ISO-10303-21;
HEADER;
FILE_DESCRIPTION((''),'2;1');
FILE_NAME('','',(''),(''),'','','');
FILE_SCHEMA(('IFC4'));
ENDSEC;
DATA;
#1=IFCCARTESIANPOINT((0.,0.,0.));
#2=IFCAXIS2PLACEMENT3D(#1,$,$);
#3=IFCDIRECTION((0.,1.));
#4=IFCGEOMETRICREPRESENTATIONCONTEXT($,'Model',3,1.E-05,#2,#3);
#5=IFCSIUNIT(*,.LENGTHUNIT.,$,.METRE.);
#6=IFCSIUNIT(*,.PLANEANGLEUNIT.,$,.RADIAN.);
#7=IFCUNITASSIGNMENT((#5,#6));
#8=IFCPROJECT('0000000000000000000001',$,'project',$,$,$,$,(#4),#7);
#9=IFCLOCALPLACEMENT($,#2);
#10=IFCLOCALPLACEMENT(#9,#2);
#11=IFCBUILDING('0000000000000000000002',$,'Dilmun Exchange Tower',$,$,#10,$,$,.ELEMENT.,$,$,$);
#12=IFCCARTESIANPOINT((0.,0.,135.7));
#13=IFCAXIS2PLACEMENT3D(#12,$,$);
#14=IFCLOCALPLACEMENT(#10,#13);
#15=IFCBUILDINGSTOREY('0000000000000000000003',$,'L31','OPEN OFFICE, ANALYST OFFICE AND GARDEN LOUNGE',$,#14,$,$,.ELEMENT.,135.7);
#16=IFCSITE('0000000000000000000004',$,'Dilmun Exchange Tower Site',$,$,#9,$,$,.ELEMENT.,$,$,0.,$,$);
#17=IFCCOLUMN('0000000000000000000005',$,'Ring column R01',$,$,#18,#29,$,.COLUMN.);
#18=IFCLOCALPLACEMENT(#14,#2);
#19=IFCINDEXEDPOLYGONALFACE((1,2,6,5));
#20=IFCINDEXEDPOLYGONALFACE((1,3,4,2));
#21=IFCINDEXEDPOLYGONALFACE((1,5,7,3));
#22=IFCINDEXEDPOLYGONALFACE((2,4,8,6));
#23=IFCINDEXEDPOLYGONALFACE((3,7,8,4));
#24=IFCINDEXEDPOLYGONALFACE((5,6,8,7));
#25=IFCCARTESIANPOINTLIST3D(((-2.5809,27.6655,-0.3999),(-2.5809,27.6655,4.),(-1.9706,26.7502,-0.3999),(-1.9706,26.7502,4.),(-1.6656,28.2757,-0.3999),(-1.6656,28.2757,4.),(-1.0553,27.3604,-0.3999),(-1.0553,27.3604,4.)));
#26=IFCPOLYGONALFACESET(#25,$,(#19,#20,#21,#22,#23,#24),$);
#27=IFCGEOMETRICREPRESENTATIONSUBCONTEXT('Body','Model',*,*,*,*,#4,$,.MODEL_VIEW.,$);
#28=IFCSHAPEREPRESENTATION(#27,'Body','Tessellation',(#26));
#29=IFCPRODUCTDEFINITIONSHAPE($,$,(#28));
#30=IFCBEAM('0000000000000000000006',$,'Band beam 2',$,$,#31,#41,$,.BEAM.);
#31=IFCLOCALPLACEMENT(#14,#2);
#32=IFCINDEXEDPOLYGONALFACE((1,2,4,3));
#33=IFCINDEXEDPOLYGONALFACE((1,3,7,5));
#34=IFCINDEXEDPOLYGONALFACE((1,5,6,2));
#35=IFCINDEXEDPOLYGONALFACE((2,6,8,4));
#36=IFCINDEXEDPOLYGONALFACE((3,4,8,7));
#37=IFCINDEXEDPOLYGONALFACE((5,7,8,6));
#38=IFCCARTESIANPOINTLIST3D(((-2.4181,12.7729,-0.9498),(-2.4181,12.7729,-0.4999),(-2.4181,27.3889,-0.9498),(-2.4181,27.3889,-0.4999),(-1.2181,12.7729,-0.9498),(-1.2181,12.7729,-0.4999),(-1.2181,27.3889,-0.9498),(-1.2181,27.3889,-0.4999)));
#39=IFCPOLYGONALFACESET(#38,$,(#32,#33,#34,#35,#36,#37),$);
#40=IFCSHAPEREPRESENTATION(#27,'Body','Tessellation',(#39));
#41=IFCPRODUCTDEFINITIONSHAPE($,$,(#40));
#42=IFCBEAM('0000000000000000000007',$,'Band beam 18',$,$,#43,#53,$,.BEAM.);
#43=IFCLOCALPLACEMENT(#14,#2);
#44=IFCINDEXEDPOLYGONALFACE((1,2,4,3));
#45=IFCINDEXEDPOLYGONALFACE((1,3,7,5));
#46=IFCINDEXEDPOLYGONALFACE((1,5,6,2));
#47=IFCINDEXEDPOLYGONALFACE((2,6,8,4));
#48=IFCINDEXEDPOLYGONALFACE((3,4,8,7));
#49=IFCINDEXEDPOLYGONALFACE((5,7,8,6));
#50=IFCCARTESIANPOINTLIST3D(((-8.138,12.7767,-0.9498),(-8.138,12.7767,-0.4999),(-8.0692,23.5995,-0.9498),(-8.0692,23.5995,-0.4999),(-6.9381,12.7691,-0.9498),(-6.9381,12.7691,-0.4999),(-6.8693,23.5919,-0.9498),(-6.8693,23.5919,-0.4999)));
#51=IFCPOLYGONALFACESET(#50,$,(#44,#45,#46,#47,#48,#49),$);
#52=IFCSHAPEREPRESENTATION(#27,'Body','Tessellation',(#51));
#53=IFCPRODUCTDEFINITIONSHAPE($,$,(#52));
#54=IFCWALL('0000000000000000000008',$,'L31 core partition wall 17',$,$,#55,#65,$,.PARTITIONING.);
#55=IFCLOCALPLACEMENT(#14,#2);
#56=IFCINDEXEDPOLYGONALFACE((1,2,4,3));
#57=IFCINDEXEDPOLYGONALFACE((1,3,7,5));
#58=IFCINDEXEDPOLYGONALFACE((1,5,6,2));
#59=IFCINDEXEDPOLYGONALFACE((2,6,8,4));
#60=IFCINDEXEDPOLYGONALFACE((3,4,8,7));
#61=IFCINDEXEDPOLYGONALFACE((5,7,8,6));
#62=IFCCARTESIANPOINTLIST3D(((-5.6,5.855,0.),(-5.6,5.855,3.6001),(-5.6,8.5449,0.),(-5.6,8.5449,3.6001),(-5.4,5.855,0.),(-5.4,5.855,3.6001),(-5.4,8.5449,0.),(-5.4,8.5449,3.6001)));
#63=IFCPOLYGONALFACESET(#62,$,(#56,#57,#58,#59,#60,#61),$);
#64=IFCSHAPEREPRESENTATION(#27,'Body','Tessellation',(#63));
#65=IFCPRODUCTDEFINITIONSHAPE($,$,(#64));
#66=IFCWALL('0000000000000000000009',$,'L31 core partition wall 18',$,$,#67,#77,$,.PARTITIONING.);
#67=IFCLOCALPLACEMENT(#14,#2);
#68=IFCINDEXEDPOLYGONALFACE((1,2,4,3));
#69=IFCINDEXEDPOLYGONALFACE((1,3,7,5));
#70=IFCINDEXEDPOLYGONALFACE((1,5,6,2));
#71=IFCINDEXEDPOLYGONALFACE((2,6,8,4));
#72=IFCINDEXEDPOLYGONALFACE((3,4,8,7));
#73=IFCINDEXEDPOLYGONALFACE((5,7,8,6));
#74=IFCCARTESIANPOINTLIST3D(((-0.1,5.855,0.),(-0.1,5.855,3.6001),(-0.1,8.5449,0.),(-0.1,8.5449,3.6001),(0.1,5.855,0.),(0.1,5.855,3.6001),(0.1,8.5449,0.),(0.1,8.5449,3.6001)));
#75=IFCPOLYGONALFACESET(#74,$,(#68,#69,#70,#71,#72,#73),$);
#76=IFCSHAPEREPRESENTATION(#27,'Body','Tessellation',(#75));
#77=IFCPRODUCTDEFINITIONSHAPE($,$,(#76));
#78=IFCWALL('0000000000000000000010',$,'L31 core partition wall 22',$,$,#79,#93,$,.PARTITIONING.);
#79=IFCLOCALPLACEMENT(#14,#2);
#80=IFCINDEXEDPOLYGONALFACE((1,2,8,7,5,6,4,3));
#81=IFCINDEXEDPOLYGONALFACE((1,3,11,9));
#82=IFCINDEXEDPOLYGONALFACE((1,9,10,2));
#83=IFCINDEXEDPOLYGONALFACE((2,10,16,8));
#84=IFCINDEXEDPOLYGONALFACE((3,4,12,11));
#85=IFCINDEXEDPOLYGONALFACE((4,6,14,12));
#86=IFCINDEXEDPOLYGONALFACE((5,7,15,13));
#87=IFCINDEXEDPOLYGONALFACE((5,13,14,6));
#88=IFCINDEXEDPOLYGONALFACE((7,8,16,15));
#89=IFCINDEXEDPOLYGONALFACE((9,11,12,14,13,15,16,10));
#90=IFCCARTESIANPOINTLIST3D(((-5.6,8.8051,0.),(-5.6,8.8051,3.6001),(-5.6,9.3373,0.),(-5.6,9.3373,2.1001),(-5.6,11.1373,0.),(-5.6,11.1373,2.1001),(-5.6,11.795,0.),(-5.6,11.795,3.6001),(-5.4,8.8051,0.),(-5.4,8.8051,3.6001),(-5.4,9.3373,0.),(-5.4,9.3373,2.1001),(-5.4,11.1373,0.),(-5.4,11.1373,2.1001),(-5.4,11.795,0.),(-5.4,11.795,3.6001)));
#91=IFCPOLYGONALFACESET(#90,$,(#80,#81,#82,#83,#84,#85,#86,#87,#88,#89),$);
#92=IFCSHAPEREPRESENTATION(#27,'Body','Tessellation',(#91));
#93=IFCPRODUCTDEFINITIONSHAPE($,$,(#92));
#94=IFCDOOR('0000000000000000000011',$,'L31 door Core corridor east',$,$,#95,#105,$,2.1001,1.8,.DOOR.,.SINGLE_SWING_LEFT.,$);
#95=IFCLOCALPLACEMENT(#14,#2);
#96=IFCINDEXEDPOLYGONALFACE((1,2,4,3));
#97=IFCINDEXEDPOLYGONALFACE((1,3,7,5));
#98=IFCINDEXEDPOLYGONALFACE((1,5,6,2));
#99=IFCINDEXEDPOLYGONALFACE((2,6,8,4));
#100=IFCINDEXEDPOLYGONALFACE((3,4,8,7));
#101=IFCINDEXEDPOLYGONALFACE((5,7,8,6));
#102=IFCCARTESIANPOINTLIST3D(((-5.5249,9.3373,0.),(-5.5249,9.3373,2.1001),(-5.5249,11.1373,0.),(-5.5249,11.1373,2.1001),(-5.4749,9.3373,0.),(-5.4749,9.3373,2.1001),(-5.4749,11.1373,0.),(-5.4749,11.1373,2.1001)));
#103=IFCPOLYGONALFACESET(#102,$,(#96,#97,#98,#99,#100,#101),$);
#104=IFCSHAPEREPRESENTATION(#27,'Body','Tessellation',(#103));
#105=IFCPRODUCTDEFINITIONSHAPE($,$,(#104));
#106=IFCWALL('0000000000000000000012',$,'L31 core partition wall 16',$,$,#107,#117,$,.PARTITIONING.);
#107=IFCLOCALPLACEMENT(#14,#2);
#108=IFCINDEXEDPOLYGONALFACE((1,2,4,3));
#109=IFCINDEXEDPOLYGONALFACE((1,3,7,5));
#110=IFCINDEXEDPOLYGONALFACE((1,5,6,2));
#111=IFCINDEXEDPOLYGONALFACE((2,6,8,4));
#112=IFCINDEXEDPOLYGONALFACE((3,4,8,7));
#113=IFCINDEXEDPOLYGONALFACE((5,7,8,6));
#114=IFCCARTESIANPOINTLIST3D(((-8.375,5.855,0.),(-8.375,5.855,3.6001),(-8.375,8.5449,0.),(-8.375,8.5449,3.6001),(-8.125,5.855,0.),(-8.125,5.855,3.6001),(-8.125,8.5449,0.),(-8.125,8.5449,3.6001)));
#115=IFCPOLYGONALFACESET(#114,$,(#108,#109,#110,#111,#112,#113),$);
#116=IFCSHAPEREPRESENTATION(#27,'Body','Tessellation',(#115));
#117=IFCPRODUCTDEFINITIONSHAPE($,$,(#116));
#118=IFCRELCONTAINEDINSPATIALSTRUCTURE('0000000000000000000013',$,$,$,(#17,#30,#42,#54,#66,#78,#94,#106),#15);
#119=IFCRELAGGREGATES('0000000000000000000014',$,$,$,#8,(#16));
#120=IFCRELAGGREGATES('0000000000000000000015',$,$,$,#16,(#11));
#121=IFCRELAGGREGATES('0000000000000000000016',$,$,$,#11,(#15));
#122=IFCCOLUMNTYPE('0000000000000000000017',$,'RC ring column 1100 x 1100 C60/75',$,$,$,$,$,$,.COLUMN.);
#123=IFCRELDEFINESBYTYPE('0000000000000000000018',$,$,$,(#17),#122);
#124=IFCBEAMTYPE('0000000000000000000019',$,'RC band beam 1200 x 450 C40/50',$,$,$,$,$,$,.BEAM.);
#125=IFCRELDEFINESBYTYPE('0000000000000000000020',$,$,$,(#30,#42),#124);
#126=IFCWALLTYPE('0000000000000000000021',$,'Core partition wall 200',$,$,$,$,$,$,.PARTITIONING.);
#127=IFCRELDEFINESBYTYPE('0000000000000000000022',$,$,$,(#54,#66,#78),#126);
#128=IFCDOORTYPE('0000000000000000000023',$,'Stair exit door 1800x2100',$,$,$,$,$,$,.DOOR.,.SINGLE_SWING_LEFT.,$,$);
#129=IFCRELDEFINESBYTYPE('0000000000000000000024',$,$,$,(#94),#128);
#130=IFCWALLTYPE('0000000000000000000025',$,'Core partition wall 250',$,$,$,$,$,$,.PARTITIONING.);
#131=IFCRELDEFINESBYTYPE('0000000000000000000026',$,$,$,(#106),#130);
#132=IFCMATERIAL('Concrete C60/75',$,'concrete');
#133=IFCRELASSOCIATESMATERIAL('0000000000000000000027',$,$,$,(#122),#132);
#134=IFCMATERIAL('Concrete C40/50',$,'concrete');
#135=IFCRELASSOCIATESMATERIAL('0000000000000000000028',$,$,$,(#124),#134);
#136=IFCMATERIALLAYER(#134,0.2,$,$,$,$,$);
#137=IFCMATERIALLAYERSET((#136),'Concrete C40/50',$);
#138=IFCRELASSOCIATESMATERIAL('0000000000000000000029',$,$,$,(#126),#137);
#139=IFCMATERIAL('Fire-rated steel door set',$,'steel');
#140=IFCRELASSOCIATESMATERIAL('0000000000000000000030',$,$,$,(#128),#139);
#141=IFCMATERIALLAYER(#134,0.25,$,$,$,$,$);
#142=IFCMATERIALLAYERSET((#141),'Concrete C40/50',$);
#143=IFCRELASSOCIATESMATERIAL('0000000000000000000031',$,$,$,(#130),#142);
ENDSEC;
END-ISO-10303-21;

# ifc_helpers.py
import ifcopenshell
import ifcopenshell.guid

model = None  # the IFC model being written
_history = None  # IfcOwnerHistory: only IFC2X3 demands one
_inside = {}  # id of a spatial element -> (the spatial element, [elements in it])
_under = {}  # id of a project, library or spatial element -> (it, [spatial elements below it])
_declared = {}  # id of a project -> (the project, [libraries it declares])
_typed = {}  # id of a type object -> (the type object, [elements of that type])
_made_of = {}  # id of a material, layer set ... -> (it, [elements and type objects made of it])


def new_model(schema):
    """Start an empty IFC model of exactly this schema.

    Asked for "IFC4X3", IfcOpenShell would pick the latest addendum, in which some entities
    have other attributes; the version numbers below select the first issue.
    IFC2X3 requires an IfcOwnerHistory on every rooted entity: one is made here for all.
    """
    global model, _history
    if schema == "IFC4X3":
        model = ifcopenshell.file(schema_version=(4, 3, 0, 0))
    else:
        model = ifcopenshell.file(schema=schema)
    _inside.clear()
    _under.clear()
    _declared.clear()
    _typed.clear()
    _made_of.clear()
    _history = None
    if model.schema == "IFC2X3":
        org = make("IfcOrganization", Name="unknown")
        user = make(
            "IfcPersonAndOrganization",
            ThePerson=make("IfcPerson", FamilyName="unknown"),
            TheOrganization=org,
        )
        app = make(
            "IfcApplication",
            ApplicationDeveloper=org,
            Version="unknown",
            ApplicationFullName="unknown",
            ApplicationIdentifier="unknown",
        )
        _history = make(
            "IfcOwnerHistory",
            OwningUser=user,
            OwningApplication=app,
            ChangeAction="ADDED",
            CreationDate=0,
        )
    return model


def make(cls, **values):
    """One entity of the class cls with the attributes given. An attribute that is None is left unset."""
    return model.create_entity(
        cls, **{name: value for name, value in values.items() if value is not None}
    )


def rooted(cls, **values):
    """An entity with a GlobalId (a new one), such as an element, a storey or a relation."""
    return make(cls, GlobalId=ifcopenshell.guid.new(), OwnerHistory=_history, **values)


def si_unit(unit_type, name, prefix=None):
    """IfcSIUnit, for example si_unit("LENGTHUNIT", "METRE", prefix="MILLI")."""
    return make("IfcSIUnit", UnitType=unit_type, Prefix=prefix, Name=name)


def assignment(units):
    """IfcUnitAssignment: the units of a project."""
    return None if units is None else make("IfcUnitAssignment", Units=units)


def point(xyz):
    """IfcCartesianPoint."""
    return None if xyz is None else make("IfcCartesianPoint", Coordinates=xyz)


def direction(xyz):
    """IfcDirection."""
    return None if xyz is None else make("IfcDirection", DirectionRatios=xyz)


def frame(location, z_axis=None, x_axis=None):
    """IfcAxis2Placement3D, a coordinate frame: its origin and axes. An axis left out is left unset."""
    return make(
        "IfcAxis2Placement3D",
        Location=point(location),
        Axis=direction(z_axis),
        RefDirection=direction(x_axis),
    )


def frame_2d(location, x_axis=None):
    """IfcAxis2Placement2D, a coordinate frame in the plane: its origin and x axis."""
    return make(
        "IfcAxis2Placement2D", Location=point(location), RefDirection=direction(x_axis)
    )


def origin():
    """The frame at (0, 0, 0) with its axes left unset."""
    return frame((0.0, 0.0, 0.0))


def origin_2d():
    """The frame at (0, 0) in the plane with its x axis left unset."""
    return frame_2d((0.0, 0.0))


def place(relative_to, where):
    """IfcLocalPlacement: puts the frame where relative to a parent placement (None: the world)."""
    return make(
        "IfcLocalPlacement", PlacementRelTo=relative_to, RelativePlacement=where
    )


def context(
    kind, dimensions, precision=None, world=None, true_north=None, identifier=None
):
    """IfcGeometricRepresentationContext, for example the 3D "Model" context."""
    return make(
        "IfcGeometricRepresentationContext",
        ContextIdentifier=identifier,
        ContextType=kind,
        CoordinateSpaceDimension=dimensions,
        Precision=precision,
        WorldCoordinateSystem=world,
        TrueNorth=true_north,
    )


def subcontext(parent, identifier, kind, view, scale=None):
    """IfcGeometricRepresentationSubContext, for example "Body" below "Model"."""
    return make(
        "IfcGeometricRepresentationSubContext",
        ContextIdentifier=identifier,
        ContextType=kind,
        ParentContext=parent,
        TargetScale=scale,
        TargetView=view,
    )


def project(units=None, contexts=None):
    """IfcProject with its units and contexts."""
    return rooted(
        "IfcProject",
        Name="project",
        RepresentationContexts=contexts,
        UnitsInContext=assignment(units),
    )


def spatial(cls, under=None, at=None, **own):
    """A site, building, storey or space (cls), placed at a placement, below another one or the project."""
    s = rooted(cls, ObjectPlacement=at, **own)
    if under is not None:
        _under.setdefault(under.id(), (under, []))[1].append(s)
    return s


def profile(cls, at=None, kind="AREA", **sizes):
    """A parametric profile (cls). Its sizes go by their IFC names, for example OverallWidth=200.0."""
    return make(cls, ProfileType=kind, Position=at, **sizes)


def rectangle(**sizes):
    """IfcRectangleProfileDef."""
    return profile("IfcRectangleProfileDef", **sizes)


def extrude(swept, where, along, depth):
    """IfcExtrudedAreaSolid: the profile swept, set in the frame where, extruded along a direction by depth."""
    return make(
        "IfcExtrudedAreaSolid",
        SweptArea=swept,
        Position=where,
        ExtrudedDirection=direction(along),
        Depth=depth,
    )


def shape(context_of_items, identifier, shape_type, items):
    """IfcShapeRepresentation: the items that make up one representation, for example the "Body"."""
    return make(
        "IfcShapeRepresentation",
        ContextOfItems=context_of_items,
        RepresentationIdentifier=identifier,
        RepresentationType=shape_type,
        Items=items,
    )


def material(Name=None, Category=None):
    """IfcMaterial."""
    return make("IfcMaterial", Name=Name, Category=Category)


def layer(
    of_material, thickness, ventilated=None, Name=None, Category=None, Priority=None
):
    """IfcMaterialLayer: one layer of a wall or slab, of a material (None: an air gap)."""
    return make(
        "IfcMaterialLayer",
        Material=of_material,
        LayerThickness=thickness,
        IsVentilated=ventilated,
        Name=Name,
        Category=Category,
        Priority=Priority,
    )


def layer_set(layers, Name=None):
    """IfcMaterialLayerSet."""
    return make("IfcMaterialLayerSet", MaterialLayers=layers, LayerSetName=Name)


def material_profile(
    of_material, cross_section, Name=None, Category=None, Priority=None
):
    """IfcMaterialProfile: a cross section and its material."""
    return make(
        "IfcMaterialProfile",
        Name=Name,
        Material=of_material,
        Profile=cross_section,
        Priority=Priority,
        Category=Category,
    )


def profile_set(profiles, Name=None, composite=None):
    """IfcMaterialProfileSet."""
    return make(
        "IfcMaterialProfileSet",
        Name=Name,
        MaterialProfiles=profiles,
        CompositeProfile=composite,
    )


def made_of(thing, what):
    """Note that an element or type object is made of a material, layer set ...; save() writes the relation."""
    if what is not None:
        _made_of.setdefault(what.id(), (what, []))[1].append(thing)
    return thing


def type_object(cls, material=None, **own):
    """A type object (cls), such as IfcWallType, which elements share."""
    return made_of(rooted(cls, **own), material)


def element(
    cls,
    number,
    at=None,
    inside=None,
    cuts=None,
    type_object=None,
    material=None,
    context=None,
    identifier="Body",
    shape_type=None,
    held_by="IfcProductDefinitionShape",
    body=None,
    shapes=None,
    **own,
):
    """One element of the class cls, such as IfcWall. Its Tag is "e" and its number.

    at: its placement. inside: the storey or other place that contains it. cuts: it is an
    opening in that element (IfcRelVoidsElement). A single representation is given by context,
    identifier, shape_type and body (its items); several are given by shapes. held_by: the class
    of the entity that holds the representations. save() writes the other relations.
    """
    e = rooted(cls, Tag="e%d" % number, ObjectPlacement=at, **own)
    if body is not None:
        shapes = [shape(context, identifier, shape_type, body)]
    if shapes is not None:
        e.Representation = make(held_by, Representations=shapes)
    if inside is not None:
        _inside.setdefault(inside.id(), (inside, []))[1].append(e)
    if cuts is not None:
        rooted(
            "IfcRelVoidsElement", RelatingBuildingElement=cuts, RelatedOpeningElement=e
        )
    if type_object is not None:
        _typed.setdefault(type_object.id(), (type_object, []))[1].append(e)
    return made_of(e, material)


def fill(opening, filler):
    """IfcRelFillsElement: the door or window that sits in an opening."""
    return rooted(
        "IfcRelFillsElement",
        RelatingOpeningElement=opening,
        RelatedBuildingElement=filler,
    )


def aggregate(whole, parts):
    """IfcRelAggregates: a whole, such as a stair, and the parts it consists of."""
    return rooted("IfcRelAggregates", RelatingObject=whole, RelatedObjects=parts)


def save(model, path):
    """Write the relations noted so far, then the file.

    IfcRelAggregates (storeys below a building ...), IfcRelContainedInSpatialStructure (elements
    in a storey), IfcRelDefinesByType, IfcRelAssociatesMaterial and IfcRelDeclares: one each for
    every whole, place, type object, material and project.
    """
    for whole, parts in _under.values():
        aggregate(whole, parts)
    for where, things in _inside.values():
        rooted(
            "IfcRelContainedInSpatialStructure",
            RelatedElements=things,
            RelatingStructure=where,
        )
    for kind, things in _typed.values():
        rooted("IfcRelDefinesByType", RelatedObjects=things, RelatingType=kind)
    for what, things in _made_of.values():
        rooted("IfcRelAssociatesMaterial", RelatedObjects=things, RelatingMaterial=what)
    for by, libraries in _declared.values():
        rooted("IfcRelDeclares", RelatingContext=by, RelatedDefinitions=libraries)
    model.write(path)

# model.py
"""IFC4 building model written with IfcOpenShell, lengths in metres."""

from ifc_helpers import new_model, si_unit, direction, frame, frame_2d, origin, origin_2d, place, context, subcontext, project, spatial, rectangle, extrude, material, layer, layer_set, material_profile, profile_set, type_object, element, fill, save


model = new_model("IFC4")

# Units and contexts
model_context = context("Model", 3, precision=1e-05, world=origin(), true_north=direction((0.0, 1.0)))
body_context = subcontext(model_context, "Body", "Model", "MODEL_VIEW")
ifc_project = project(units=[si_unit("LENGTHUNIT", "METRE"), si_unit("PLANEANGLEUNIT", "RADIAN")], contexts=[model_context])

# Site, building, storey
site_placement = place(None, origin())
site = spatial("IfcSite", under=ifc_project, at=site_placement, Name="Dilmun Exchange Tower Site", CompositionType="ELEMENT", RefElevation=0.0)
building_placement = place(site_placement, origin())
building = spatial("IfcBuilding", under=site, at=building_placement, Name="Dilmun Exchange Tower", CompositionType="ELEMENT")
storey_placement = place(building_placement, frame((0.0, 0.0, 135.7)))
storey = spatial("IfcBuildingStorey", under=building, at=storey_placement, Name="L31", Description="OPEN OFFICE, ANALYST OFFICE AND GARDEN LOUNGE", CompositionType="ELEMENT", Elevation=135.7)

# Column
ifc_material_1 = material(Name="Concrete C60/75", Category="concrete")
ifc_material_profile_1 = material_profile(ifc_material_1, rectangle(XDim=1.1001, YDim=1.1001, at=origin_2d()), Name="1100 x 1100")
ifc_profile_set_1 = profile_set([ifc_material_profile_1], Name="Concrete C60/75")
column_type = type_object("IfcColumnType", Name="RC ring column 1100 x 1100 C60/75", PredefinedType="COLUMN", material=ifc_profile_set_1)
column_placement = place(storey_placement, frame((-1.8181, 27.5129, -0.3999), z_axis=(0.0, 0.0, 1.0), x_axis=(0.832029, 0.554733, 0.0)))
element("IfcColumn", 1, at=column_placement, inside=storey, type_object=column_type, Name="Ring column R01", PredefinedType="COLUMN", context=body_context, shape_type="SweptSolid", body=[
    extrude(rectangle(XDim=1.1001, YDim=1.1001, at=origin_2d()), origin(), (0.0, 0.0, 1.0), 4.3999),
])

# Beams
ifc_material_2 = material(Name="Concrete C40/50", Category="concrete")
ifc_material_profile_2 = material_profile(ifc_material_2, rectangle(XDim=1.2, YDim=0.45, at=origin_2d()), Name="1200 x 450")
ifc_profile_set_2 = profile_set([ifc_material_profile_2], Name="Concrete C40/50")
beam_type = type_object("IfcBeamType", Name="RC band beam 1200 x 450 C40/50", PredefinedType="BEAM", material=ifc_profile_set_2)
beam_1_placement = place(storey_placement, frame((-1.8181, 27.3889, -0.7249), z_axis=(0.0, -1.0, 0.0), x_axis=(1.0, 0.0, 0.0)))
element("IfcBeam", 2, at=beam_1_placement, inside=storey, type_object=beam_type, Name="Band beam 2", PredefinedType="BEAM", context=body_context, shape_type="SweptSolid", body=[
    extrude(rectangle(XDim=1.2, YDim=0.45, at=origin_2d()), origin(), (0.0, 0.0, 1.0), 14.616),
])
beam_2_placement = place(storey_placement, frame((-7.4692, 23.5957, -0.7249), z_axis=(-0.006361, -0.99998, 0.0), x_axis=(0.99998, -0.006361, 0.0)))
element("IfcBeam", 3, at=beam_2_placement, inside=storey, type_object=beam_type, Name="Band beam 18", PredefinedType="BEAM", context=body_context, shape_type="SweptSolid", body=[
    extrude(rectangle(XDim=1.2, YDim=0.45, at=origin_2d()), origin(), (0.0, 0.0, 1.0), 10.823),
])

# Walls
ifc_layer_1 = layer(ifc_material_2, 0.2)
ifc_layer_set_1 = layer_set([ifc_layer_1], Name="Concrete C40/50")
wall_type_1 = type_object("IfcWallType", Name="Core partition wall 200", PredefinedType="PARTITIONING", material=ifc_layer_set_1)
for number, where, z_axis, x_axis, name in (
    (4, (-5.5, 5.855, 0.0), (0.0, 0.0, 1.0), (0.0, 1.0, 0.0), "L31 core partition wall 17"),
    (5, (0.0, 5.855, 0.0), (0.0, 0.0, 1.0), (0.0, 1.0, 0.0), "L31 core partition wall 18"),
):
    element("IfcWall", number, at=place(storey_placement, frame(where, z_axis=z_axis, x_axis=x_axis)), inside=storey, type_object=wall_type_1, Name=name, PredefinedType="PARTITIONING", context=body_context, shape_type="SweptSolid", body=[
        extrude(rectangle(XDim=2.6899, YDim=0.2, at=frame_2d((1.345, 0.0))), origin(), (0.0, 0.0, 1.0), 3.6001),
    ])

# Wall, opening, door
wall_1_placement = place(storey_placement, frame((-5.5, 8.8049, 0.0), z_axis=(0.0, 0.0, 1.0), x_axis=(0.0, 1.0, 0.0)))
wall_1 = element("IfcWall", 6, at=wall_1_placement, inside=storey, type_object=wall_type_1, Name="L31 core partition wall 22", PredefinedType="PARTITIONING", context=body_context, shape_type="SweptSolid", body=[
    extrude(rectangle(XDim=2.99, YDim=0.2, at=frame_2d((1.4951, 0.0))), origin(), (0.0, 0.0, 1.0), 3.6001),
])
opening_1_placement = place(wall_1_placement, frame((0.5325, 0.0, 0.0)))
opening_1 = element("IfcOpeningElement", 7, at=opening_1_placement, cuts=wall_1, PredefinedType="OPENING", context=body_context, shape_type="SweptSolid", body=[
    extrude(rectangle(XDim=1.8, YDim=2.1001, at=frame_2d((0.8999, 1.05))), frame((0.0, 0.1099, 0.0), z_axis=(0.0, -1.0, 0.0), x_axis=(1.0, 0.0, 0.0)), (0.0, 0.0, 1.0), 0.22),
])
ifc_material_3 = material(Name="Fire-rated steel door set", Category="steel")
door_type_1 = type_object("IfcDoorType", Name="Stair exit door 1800x2100", OperationType="SINGLE_SWING_LEFT", PredefinedType="DOOR", material=ifc_material_3)
door_1_placement = place(opening_1_placement, origin())
door_1 = element("IfcDoor", 8, at=door_1_placement, inside=storey, type_object=door_type_1, Name="L31 door Core corridor east", OperationType="SINGLE_SWING_LEFT", OverallHeight=2.1001, OverallWidth=1.8, PredefinedType="DOOR", context=body_context, shape_type="SweptSolid", body=[
    extrude(rectangle(XDim=1.8, YDim=2.1001, at=frame_2d((0.8999, 1.05))), frame((0.0, 0.0249, 0.0), z_axis=(0.0, -1.0, 0.0), x_axis=(1.0, 0.0, 0.0)), (0.0, 0.0, 1.0), 0.05),
])
fill(opening_1, door_1)

# Wall
ifc_layer_2 = layer(ifc_material_2, 0.25)
ifc_layer_set_2 = layer_set([ifc_layer_2], Name="Concrete C40/50")
wall_type_2 = type_object("IfcWallType", Name="Core partition wall 250", PredefinedType="PARTITIONING", material=ifc_layer_set_2)
wall_2_placement = place(storey_placement, frame((-8.25, 5.855, 0.0), z_axis=(0.0, 0.0, 1.0), x_axis=(0.0, 1.0, 0.0)))
element("IfcWall", 9, at=wall_2_placement, inside=storey, type_object=wall_type_2, Name="L31 core partition wall 16", PredefinedType="PARTITIONING", context=body_context, shape_type="SweptSolid", body=[
    extrude(rectangle(XDim=2.6899, YDim=0.25, at=frame_2d((1.345, 0.0))), origin(), (0.0, 0.0, 1.0), 3.6001),
])

save(model, "model.ifc")
